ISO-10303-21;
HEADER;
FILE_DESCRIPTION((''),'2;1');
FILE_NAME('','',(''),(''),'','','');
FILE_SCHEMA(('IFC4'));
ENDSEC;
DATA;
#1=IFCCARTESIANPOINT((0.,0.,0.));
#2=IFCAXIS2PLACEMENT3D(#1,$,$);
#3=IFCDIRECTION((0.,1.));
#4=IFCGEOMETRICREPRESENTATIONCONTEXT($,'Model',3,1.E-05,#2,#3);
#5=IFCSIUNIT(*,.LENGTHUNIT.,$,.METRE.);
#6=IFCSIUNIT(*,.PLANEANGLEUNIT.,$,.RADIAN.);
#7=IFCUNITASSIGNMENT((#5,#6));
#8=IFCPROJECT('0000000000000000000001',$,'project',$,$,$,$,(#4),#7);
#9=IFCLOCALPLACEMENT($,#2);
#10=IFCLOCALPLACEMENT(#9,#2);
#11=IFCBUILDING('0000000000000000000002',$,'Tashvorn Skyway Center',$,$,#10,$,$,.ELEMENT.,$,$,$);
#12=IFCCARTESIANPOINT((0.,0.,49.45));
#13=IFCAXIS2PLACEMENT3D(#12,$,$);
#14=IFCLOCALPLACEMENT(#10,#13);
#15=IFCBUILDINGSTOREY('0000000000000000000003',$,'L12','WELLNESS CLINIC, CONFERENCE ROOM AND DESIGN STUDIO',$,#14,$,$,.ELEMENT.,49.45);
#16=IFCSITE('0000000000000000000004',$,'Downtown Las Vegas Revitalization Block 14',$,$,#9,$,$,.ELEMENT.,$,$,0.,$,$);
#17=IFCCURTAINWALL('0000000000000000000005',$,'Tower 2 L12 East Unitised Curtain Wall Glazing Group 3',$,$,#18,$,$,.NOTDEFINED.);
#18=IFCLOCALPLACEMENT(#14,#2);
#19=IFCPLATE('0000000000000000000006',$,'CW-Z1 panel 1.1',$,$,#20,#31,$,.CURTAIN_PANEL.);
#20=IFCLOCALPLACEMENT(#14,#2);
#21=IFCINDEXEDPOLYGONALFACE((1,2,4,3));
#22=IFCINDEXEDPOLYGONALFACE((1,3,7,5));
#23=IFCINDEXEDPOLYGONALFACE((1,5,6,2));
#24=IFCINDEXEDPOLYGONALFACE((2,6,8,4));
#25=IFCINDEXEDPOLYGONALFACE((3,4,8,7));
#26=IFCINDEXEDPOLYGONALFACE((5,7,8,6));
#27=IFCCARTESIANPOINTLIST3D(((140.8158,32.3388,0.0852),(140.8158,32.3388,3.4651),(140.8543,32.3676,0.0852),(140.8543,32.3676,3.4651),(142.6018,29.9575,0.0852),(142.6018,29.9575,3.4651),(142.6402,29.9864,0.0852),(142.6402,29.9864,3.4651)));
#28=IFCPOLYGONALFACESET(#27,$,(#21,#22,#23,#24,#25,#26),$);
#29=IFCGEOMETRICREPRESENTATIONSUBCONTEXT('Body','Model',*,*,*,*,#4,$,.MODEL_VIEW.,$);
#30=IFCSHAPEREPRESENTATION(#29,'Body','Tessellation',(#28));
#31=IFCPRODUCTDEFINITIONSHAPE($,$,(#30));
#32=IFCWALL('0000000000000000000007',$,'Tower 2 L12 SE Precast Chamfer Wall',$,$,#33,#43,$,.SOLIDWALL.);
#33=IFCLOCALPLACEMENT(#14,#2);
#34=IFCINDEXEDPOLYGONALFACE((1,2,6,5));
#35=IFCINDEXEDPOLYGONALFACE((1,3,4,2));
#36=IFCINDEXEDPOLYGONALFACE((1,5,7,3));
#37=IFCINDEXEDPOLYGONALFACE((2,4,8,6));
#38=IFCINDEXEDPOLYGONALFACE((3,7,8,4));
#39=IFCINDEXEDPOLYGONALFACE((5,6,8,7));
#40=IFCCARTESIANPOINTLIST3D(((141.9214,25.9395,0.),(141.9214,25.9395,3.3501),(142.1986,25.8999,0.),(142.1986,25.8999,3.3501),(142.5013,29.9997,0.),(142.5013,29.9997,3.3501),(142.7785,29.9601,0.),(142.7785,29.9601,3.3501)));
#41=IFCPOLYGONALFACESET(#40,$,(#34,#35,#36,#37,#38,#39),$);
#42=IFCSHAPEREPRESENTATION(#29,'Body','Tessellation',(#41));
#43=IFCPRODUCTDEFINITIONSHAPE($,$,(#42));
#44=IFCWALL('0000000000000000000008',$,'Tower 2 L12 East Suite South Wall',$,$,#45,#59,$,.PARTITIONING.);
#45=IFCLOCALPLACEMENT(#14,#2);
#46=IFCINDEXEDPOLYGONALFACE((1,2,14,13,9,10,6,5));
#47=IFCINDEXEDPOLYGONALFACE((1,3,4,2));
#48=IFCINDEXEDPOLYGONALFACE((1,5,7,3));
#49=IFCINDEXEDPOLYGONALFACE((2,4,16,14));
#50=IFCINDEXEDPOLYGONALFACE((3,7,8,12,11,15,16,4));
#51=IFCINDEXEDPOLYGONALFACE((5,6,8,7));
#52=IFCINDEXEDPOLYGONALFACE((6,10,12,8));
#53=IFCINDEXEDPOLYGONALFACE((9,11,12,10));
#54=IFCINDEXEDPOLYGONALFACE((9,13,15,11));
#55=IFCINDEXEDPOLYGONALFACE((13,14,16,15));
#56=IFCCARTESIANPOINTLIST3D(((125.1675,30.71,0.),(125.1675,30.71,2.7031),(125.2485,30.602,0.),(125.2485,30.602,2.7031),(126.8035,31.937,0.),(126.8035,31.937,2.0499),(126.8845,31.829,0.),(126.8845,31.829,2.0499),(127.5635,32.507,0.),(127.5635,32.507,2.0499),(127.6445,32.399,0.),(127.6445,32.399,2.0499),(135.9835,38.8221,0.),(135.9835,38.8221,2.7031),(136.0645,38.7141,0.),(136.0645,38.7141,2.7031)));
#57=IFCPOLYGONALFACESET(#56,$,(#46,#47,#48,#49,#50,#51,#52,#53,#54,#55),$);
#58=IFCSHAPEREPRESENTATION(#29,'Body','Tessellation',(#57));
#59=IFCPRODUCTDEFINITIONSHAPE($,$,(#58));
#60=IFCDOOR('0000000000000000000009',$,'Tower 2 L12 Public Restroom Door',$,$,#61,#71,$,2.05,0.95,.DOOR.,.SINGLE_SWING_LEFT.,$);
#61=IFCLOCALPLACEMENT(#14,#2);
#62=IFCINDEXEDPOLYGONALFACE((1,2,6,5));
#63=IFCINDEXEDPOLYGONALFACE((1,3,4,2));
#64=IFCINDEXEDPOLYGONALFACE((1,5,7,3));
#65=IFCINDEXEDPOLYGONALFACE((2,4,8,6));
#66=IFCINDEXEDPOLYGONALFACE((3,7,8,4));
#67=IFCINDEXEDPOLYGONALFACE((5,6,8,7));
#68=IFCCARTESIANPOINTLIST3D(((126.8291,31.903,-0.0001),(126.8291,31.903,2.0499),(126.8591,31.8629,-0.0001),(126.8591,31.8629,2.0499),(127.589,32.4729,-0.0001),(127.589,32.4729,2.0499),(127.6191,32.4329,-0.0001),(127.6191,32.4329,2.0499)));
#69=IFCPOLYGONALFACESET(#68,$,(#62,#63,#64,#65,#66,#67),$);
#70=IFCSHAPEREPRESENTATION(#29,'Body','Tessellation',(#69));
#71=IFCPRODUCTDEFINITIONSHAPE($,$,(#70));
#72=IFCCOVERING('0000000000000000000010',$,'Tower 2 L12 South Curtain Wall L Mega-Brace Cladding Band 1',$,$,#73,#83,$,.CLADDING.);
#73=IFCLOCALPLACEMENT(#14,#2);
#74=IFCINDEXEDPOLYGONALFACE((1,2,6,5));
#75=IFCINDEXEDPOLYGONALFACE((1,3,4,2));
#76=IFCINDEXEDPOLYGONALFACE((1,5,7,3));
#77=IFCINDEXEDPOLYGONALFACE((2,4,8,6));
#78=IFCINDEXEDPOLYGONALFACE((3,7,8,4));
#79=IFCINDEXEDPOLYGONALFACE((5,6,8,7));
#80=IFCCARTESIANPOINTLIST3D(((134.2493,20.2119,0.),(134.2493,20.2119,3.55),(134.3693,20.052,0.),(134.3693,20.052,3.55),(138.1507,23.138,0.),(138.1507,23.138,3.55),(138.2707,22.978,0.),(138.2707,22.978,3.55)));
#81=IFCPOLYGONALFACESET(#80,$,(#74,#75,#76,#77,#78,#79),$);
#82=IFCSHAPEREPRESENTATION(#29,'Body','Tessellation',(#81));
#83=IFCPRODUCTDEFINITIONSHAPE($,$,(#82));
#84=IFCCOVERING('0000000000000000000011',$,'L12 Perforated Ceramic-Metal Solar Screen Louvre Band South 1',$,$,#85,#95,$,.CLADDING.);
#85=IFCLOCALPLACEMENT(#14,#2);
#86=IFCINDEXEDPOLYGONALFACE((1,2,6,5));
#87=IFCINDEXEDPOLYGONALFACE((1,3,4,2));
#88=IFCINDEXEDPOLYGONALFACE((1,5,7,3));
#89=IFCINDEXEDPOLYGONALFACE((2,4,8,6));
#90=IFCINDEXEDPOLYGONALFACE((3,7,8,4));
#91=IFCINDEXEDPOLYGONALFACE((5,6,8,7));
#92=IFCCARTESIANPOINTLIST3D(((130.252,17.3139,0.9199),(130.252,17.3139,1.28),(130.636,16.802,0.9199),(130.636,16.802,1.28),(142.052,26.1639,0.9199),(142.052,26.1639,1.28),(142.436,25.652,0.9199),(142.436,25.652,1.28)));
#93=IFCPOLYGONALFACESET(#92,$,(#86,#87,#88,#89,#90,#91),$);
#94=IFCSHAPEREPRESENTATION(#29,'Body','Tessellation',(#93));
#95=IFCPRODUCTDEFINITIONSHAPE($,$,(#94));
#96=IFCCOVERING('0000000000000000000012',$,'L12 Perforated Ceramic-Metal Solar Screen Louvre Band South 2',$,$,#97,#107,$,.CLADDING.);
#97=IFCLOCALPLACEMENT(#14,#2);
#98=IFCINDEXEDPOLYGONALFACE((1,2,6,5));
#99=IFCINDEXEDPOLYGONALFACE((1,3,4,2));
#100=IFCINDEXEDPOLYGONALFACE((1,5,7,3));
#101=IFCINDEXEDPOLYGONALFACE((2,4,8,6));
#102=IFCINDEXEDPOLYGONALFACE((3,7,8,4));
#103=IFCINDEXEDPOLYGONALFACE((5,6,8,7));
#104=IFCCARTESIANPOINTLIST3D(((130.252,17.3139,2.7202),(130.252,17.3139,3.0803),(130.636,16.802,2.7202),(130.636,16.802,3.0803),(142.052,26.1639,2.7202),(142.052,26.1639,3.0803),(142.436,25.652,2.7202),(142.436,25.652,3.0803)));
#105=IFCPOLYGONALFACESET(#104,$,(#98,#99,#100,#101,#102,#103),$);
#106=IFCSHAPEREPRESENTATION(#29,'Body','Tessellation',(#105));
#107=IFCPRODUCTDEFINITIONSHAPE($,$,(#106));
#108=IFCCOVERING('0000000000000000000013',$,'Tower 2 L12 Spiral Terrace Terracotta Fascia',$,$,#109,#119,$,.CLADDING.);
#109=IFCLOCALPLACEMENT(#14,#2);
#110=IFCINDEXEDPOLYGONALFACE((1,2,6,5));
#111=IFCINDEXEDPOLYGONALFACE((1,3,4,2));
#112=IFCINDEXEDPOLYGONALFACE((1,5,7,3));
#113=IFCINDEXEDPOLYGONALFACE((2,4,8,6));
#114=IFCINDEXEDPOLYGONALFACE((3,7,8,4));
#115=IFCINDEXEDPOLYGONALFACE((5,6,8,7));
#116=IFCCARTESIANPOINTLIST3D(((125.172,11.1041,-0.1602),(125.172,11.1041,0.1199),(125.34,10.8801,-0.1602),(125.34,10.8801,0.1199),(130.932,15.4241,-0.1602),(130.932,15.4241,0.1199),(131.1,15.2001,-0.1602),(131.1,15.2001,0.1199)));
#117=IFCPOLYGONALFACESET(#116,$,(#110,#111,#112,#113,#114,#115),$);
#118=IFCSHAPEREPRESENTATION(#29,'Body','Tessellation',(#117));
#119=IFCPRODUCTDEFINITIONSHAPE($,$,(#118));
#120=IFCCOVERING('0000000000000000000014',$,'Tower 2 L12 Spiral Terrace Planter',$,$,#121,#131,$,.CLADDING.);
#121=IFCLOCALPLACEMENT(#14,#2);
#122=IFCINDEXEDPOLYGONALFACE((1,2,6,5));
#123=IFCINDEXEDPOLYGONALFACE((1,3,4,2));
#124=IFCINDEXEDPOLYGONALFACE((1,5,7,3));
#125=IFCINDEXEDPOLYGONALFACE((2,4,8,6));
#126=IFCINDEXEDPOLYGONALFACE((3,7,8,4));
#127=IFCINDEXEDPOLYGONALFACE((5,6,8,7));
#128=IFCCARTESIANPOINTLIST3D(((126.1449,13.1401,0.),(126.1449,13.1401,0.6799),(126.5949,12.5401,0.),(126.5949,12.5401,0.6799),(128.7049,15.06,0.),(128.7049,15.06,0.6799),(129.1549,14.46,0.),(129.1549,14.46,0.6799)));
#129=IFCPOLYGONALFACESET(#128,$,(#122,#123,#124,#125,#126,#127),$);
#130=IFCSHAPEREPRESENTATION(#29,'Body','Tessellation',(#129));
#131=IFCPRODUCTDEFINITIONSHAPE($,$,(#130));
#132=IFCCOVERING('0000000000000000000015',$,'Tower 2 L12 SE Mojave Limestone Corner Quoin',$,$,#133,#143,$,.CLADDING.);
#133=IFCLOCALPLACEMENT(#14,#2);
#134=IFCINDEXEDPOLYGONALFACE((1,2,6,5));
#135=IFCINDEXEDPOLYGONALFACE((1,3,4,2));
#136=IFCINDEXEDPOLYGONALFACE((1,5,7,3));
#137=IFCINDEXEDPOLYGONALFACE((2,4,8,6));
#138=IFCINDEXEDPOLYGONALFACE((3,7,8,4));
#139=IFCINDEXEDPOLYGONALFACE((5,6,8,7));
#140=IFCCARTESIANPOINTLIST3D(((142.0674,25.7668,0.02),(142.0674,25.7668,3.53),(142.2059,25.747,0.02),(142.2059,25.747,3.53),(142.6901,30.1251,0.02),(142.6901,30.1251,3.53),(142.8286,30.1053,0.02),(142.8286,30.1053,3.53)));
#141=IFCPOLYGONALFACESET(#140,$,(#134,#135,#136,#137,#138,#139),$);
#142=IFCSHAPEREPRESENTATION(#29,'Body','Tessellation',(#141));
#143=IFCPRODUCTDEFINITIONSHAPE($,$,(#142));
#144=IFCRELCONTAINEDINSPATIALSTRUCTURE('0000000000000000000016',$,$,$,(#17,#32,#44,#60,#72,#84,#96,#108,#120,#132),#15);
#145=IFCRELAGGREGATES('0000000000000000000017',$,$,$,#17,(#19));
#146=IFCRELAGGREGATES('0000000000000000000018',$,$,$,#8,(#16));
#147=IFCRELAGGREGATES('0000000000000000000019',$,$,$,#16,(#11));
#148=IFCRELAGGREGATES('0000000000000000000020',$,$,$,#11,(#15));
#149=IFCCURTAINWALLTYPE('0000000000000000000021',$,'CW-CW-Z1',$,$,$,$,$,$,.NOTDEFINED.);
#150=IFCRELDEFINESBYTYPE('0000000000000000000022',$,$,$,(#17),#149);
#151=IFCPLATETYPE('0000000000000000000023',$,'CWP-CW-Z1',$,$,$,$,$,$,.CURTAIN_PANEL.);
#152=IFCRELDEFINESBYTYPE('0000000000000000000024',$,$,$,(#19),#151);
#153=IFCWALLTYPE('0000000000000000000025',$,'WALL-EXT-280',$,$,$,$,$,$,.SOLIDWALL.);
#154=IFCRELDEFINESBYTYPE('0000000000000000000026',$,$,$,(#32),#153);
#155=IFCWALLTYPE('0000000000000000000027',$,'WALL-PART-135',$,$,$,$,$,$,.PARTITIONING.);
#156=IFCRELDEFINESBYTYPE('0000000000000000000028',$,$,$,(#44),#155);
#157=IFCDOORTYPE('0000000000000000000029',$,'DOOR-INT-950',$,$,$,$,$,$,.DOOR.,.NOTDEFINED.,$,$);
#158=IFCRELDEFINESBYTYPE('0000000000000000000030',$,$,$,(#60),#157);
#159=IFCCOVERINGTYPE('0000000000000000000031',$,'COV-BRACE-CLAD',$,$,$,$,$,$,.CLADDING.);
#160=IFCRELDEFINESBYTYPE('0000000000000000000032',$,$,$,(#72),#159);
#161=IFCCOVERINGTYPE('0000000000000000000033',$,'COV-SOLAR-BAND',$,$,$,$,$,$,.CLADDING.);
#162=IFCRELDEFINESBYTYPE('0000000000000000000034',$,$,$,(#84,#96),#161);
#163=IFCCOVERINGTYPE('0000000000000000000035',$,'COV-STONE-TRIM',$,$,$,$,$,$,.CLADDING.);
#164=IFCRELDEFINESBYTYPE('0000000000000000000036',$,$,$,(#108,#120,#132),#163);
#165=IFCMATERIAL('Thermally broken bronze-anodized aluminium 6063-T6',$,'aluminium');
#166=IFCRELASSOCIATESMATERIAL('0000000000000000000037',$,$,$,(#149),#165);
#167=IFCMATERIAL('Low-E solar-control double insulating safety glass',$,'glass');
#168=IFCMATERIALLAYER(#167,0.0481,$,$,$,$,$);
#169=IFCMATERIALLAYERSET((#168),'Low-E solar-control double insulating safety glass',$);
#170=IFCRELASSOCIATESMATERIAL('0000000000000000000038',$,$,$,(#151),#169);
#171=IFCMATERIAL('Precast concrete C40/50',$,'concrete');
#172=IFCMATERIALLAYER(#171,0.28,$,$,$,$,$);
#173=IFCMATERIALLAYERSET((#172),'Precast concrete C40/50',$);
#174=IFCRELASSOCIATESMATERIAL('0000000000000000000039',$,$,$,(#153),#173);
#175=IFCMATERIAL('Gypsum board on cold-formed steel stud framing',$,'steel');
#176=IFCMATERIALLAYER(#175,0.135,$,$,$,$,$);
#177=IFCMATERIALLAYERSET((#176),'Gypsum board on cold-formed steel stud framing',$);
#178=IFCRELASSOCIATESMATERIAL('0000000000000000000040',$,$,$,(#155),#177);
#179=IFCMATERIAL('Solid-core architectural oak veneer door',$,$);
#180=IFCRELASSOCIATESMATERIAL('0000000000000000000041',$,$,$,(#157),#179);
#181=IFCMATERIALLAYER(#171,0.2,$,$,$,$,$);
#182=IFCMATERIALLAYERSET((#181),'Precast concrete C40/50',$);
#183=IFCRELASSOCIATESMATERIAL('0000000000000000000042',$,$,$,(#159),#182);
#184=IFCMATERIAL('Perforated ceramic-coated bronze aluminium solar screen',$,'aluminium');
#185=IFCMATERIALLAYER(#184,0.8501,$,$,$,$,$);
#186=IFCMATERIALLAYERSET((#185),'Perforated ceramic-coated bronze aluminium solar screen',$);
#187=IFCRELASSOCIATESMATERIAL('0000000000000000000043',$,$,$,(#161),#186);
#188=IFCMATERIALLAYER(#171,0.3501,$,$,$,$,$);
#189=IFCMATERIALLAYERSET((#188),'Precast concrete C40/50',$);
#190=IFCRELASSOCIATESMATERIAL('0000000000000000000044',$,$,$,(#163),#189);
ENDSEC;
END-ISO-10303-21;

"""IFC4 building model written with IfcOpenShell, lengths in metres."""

from ifc_helpers import new_model, si_unit, direction, frame, frame_2d, origin, origin_2d, place, context, subcontext, project, spatial, rectangle, extrude, material, layer, layer_set, type_object, element, fill, aggregate, save


model = new_model("IFC4")

# Units and contexts
model_context = context("Model", 3, precision=1e-05, world=origin(), true_north=direction((0.0, 1.0)))
body_context = subcontext(model_context, "Body", "Model", "MODEL_VIEW")
ifc_project = project(units=[si_unit("LENGTHUNIT", "METRE"), si_unit("PLANEANGLEUNIT", "RADIAN")], contexts=[model_context])

# Site, building, storey
site_placement = place(None, origin())
site = spatial("IfcSite", under=ifc_project, at=site_placement, Name="Downtown Las Vegas Revitalization Block 14", CompositionType="ELEMENT", RefElevation=0.0)
building_placement = place(site_placement, origin())
building = spatial("IfcBuilding", under=site, at=building_placement, Name="Tashvorn Skyway Center", CompositionType="ELEMENT")
storey_placement = place(building_placement, frame((0.0, 0.0, 49.45)))
storey = spatial("IfcBuildingStorey", under=building, at=storey_placement, Name="L12", Description="WELLNESS CLINIC, CONFERENCE ROOM AND DESIGN STUDIO", CompositionType="ELEMENT", Elevation=49.45)

# Curtain wall
ifc_material_1 = material(Name="Thermally broken bronze-anodized aluminium 6063-T6", Category="aluminium")
curtain_wall_type = type_object("IfcCurtainWallType", Name="CW-CW-Z1", PredefinedType="NOTDEFINED", material=ifc_material_1)
curtain_wall_1_placement = place(storey_placement, origin())
curtain_wall_1 = element("IfcCurtainWall", 1, at=curtain_wall_1_placement, inside=storey, type_object=curtain_wall_type, Name="Tower 2 L12 East Unitised Curtain Wall Glazing Group 3", PredefinedType="NOTDEFINED")

# Plate
ifc_material_2 = material(Name="Low-E solar-control double insulating safety glass", Category="glass")
ifc_layer_1 = layer(ifc_material_2, 0.0481)
ifc_layer_set_1 = layer_set([ifc_layer_1], Name="Low-E solar-control double insulating safety glass")
plate_type = type_object("IfcPlateType", Name="CWP-CW-Z1", PredefinedType="CURTAIN_PANEL", material=ifc_layer_set_1)
plate_1_placement = place(storey_placement, frame((141.728, 31.1626, 0.0852), z_axis=(0.0, 0.0, 1.0), x_axis=(0.600005, -0.799996, 0.0)))
plate_1 = element("IfcPlate", 2, at=plate_1_placement, type_object=plate_type, Name="CW-Z1 panel 1.1", PredefinedType="CURTAIN_PANEL", context=body_context, shape_type="SweptSolid", body=[
    extrude(rectangle(XDim=2.9766, YDim=0.0481, at=origin_2d()), origin(), (0.0, 0.0, 1.0), 3.3799),
])
aggregate(curtain_wall_1, [plate_1])

# Shared definitions
ifc_material_3 = material(Name="Precast concrete C40/50", Category="concrete")
ifc_layer_2 = layer(ifc_material_3, 0.28)
ifc_layer_set_2 = layer_set([ifc_layer_2], Name="Precast concrete C40/50")
wall_type_1 = type_object("IfcWallType", Name="WALL-EXT-280", PredefinedType="SOLIDWALL", material=ifc_layer_set_2)

# Wall
wall_1_placement = place(storey_placement, frame((142.6399, 29.98, 0.0), z_axis=(0.0, 0.0, 1.0), x_axis=(-0.14138, -0.989955, 0.0)))
element("IfcWall", 3, at=wall_1_placement, inside=storey, type_object=wall_type_1, Name="Tower 2 L12 SE Precast Chamfer Wall", PredefinedType="SOLIDWALL", context=body_context, shape_type="SweptSolid", body=[
    extrude(rectangle(XDim=4.1013, YDim=0.28, at=frame_2d((2.0508, 0.0))), origin(), (0.0, 0.0, 1.0), 3.3501),
])

# Wall, opening, door
ifc_material_4 = material(Name="Gypsum board on cold-formed steel stud framing", Category="steel")
ifc_layer_3 = layer(ifc_material_4, 0.135)
ifc_layer_set_3 = layer_set([ifc_layer_3], Name="Gypsum board on cold-formed steel stud framing")
wall_type_2 = type_object("IfcWallType", Name="WALL-PART-135", PredefinedType="PARTITIONING", material=ifc_layer_set_3)
wall_2_placement = place(storey_placement, frame((125.208, 30.656, 0.0), z_axis=(0.0, 0.0, 1.0), x_axis=(0.799996, 0.600006, 0.0)))
wall_2 = element("IfcWall", 4, at=wall_2_placement, inside=storey, type_object=wall_type_2, Name="Tower 2 L12 East Suite South Wall", PredefinedType="PARTITIONING", context=body_context, shape_type="SweptSolid", body=[
    extrude(rectangle(XDim=13.52, YDim=0.135, at=frame_2d((6.76, 0.0))), origin(), (0.0, 0.0, 1.0), 2.7031),
])
opening_1_placement = place(wall_2_placement, frame((2.0449, 0.0, 0.0)))
opening_1 = element("IfcOpeningElement", 5, at=opening_1_placement, cuts=wall_2, PredefinedType="OPENING", context=body_context, shape_type="SweptSolid", body=[
    extrude(rectangle(XDim=0.95, YDim=2.05, at=frame_2d((0.4751, 1.0249))), frame((0.0, 0.0774, 0.0), z_axis=(0.0, -1.0, 0.0), x_axis=(1.0, 0.0, 0.0)), (0.0, 0.0, 1.0), 0.155),
])
ifc_material_5 = material(Name="Solid-core architectural oak veneer door")
door_type_1 = type_object("IfcDoorType", Name="DOOR-INT-950", OperationType="NOTDEFINED", PredefinedType="DOOR", material=ifc_material_5)
door_1_placement = place(opening_1_placement, origin())
door_1 = element("IfcDoor", 6, at=door_1_placement, inside=storey, type_object=door_type_1, Name="Tower 2 L12 Public Restroom Door", OperationType="SINGLE_SWING_LEFT", OverallHeight=2.05, OverallWidth=0.95, PredefinedType="DOOR", context=body_context, shape_type="SweptSolid", body=[
    extrude(rectangle(XDim=0.95, YDim=2.05, at=frame_2d((0.4751, 1.0249))), frame((0.0, 0.0249, 0.0), z_axis=(0.0, -1.0, 0.0), x_axis=(1.0, 0.0, 0.0)), (0.0, 0.0, 1.0), 0.05),
])
fill(opening_1, door_1)

# Coverings
ifc_layer_4 = layer(ifc_material_3, 0.2)
ifc_layer_set_4 = layer_set([ifc_layer_4], Name="Precast concrete C40/50")
covering_type_1 = type_object("IfcCoveringType", Name="COV-BRACE-CLAD", PredefinedType="CLADDING", material=ifc_layer_set_4)
covering_1_placement = place(storey_placement, frame((136.26, 21.595, 0.0), z_axis=(0.0, 0.0, 1.0), x_axis=(-0.8, -0.6, 0.0)))
element("IfcCovering", 7, at=covering_1_placement, inside=storey, type_object=covering_type_1, Name="Tower 2 L12 South Curtain Wall L Mega-Brace Cladding Band 1", PredefinedType="CLADDING", context=body_context, shape_type="SweptSolid", body=[
    extrude(rectangle(XDim=4.8767, YDim=0.2, at=origin_2d()), origin(), (0.0, 0.0, 1.0), 3.55),
])
ifc_material_6 = material(Name="Perforated ceramic-coated bronze aluminium solar screen", Category="aluminium")
ifc_layer_5 = layer(ifc_material_6, 0.8501)
ifc_layer_set_5 = layer_set([ifc_layer_5], Name="Perforated ceramic-coated bronze aluminium solar screen")
covering_type_2 = type_object("IfcCoveringType", Name="COV-SOLAR-BAND", PredefinedType="CLADDING", material=ifc_layer_set_5)
for number, where, z_axis, x_axis, name in (
    (8, (136.344, 21.4829, 0.9199), (0.0, 0.0, 1.0), (-0.8, -0.6, 0.0), "L12 Perforated Ceramic-Metal Solar Screen Louvre Band South 1"),
    (9, (136.344, 21.4829, 2.7202), (0.0, 0.0, 1.0), (-0.8, -0.6, 0.0), "L12 Perforated Ceramic-Metal Solar Screen Louvre Band South 2"),
):
    element("IfcCovering", number, at=place(storey_placement, frame(where, z_axis=z_axis, x_axis=x_axis)), inside=storey, type_object=covering_type_2, Name=name, PredefinedType="CLADDING", context=body_context, shape_type="SweptSolid", body=[
        extrude(rectangle(XDim=14.75, YDim=0.6399, at=origin_2d()), origin(), (0.0, 0.0, 1.0), 0.3601),
    ])
ifc_layer_6 = layer(ifc_material_3, 0.3501)
ifc_layer_set_6 = layer_set([ifc_layer_6], Name="Precast concrete C40/50")
covering_type_3 = type_object("IfcCoveringType", Name="COV-STONE-TRIM", PredefinedType="CLADDING", material=ifc_layer_set_6)
covering_2_placement = place(storey_placement, frame((128.136, 13.1521, -0.1602), z_axis=(0.0, 0.0, 1.0), x_axis=(-0.8, -0.6, 0.0)))
element("IfcCovering", 10, at=covering_2_placement, inside=storey, type_object=covering_type_3, Name="Tower 2 L12 Spiral Terrace Terracotta Fascia", PredefinedType="CLADDING", context=body_context, shape_type="SweptSolid", body=[
    extrude(rectangle(XDim=7.2, YDim=0.28, at=origin_2d()), origin(), (0.0, 0.0, 1.0), 0.28),
])
covering_3_placement = place(storey_placement, frame((127.6499, 13.8, 0.0), z_axis=(0.0, 0.0, 1.0), x_axis=(-0.8, -0.6, 0.0)))
element("IfcCovering", 11, at=covering_3_placement, inside=storey, type_object=covering_type_3, Name="Tower 2 L12 Spiral Terrace Planter", PredefinedType="CLADDING", context=body_context, shape_type="SweptSolid", body=[
    extrude(rectangle(XDim=3.2, YDim=0.75, at=origin_2d()), origin(), (0.0, 0.0, 1.0), 0.6799),
])
covering_4_placement = place(storey_placement, frame((142.448, 27.936, 0.02), z_axis=(0.0, 0.0, 1.0), x_axis=(0.141421, 0.989949, 0.0)))
element("IfcCovering", 12, at=covering_4_placement, inside=storey, type_object=covering_type_3, Name="Tower 2 L12 SE Mojave Limestone Corner Quoin", PredefinedType="CLADDING", context=body_context, shape_type="SweptSolid", body=[
    extrude(rectangle(XDim=4.4026, YDim=0.1399, at=origin_2d()), origin(), (0.0, 0.0, 1.0), 3.51),
])

save(model, "model.ifc")
